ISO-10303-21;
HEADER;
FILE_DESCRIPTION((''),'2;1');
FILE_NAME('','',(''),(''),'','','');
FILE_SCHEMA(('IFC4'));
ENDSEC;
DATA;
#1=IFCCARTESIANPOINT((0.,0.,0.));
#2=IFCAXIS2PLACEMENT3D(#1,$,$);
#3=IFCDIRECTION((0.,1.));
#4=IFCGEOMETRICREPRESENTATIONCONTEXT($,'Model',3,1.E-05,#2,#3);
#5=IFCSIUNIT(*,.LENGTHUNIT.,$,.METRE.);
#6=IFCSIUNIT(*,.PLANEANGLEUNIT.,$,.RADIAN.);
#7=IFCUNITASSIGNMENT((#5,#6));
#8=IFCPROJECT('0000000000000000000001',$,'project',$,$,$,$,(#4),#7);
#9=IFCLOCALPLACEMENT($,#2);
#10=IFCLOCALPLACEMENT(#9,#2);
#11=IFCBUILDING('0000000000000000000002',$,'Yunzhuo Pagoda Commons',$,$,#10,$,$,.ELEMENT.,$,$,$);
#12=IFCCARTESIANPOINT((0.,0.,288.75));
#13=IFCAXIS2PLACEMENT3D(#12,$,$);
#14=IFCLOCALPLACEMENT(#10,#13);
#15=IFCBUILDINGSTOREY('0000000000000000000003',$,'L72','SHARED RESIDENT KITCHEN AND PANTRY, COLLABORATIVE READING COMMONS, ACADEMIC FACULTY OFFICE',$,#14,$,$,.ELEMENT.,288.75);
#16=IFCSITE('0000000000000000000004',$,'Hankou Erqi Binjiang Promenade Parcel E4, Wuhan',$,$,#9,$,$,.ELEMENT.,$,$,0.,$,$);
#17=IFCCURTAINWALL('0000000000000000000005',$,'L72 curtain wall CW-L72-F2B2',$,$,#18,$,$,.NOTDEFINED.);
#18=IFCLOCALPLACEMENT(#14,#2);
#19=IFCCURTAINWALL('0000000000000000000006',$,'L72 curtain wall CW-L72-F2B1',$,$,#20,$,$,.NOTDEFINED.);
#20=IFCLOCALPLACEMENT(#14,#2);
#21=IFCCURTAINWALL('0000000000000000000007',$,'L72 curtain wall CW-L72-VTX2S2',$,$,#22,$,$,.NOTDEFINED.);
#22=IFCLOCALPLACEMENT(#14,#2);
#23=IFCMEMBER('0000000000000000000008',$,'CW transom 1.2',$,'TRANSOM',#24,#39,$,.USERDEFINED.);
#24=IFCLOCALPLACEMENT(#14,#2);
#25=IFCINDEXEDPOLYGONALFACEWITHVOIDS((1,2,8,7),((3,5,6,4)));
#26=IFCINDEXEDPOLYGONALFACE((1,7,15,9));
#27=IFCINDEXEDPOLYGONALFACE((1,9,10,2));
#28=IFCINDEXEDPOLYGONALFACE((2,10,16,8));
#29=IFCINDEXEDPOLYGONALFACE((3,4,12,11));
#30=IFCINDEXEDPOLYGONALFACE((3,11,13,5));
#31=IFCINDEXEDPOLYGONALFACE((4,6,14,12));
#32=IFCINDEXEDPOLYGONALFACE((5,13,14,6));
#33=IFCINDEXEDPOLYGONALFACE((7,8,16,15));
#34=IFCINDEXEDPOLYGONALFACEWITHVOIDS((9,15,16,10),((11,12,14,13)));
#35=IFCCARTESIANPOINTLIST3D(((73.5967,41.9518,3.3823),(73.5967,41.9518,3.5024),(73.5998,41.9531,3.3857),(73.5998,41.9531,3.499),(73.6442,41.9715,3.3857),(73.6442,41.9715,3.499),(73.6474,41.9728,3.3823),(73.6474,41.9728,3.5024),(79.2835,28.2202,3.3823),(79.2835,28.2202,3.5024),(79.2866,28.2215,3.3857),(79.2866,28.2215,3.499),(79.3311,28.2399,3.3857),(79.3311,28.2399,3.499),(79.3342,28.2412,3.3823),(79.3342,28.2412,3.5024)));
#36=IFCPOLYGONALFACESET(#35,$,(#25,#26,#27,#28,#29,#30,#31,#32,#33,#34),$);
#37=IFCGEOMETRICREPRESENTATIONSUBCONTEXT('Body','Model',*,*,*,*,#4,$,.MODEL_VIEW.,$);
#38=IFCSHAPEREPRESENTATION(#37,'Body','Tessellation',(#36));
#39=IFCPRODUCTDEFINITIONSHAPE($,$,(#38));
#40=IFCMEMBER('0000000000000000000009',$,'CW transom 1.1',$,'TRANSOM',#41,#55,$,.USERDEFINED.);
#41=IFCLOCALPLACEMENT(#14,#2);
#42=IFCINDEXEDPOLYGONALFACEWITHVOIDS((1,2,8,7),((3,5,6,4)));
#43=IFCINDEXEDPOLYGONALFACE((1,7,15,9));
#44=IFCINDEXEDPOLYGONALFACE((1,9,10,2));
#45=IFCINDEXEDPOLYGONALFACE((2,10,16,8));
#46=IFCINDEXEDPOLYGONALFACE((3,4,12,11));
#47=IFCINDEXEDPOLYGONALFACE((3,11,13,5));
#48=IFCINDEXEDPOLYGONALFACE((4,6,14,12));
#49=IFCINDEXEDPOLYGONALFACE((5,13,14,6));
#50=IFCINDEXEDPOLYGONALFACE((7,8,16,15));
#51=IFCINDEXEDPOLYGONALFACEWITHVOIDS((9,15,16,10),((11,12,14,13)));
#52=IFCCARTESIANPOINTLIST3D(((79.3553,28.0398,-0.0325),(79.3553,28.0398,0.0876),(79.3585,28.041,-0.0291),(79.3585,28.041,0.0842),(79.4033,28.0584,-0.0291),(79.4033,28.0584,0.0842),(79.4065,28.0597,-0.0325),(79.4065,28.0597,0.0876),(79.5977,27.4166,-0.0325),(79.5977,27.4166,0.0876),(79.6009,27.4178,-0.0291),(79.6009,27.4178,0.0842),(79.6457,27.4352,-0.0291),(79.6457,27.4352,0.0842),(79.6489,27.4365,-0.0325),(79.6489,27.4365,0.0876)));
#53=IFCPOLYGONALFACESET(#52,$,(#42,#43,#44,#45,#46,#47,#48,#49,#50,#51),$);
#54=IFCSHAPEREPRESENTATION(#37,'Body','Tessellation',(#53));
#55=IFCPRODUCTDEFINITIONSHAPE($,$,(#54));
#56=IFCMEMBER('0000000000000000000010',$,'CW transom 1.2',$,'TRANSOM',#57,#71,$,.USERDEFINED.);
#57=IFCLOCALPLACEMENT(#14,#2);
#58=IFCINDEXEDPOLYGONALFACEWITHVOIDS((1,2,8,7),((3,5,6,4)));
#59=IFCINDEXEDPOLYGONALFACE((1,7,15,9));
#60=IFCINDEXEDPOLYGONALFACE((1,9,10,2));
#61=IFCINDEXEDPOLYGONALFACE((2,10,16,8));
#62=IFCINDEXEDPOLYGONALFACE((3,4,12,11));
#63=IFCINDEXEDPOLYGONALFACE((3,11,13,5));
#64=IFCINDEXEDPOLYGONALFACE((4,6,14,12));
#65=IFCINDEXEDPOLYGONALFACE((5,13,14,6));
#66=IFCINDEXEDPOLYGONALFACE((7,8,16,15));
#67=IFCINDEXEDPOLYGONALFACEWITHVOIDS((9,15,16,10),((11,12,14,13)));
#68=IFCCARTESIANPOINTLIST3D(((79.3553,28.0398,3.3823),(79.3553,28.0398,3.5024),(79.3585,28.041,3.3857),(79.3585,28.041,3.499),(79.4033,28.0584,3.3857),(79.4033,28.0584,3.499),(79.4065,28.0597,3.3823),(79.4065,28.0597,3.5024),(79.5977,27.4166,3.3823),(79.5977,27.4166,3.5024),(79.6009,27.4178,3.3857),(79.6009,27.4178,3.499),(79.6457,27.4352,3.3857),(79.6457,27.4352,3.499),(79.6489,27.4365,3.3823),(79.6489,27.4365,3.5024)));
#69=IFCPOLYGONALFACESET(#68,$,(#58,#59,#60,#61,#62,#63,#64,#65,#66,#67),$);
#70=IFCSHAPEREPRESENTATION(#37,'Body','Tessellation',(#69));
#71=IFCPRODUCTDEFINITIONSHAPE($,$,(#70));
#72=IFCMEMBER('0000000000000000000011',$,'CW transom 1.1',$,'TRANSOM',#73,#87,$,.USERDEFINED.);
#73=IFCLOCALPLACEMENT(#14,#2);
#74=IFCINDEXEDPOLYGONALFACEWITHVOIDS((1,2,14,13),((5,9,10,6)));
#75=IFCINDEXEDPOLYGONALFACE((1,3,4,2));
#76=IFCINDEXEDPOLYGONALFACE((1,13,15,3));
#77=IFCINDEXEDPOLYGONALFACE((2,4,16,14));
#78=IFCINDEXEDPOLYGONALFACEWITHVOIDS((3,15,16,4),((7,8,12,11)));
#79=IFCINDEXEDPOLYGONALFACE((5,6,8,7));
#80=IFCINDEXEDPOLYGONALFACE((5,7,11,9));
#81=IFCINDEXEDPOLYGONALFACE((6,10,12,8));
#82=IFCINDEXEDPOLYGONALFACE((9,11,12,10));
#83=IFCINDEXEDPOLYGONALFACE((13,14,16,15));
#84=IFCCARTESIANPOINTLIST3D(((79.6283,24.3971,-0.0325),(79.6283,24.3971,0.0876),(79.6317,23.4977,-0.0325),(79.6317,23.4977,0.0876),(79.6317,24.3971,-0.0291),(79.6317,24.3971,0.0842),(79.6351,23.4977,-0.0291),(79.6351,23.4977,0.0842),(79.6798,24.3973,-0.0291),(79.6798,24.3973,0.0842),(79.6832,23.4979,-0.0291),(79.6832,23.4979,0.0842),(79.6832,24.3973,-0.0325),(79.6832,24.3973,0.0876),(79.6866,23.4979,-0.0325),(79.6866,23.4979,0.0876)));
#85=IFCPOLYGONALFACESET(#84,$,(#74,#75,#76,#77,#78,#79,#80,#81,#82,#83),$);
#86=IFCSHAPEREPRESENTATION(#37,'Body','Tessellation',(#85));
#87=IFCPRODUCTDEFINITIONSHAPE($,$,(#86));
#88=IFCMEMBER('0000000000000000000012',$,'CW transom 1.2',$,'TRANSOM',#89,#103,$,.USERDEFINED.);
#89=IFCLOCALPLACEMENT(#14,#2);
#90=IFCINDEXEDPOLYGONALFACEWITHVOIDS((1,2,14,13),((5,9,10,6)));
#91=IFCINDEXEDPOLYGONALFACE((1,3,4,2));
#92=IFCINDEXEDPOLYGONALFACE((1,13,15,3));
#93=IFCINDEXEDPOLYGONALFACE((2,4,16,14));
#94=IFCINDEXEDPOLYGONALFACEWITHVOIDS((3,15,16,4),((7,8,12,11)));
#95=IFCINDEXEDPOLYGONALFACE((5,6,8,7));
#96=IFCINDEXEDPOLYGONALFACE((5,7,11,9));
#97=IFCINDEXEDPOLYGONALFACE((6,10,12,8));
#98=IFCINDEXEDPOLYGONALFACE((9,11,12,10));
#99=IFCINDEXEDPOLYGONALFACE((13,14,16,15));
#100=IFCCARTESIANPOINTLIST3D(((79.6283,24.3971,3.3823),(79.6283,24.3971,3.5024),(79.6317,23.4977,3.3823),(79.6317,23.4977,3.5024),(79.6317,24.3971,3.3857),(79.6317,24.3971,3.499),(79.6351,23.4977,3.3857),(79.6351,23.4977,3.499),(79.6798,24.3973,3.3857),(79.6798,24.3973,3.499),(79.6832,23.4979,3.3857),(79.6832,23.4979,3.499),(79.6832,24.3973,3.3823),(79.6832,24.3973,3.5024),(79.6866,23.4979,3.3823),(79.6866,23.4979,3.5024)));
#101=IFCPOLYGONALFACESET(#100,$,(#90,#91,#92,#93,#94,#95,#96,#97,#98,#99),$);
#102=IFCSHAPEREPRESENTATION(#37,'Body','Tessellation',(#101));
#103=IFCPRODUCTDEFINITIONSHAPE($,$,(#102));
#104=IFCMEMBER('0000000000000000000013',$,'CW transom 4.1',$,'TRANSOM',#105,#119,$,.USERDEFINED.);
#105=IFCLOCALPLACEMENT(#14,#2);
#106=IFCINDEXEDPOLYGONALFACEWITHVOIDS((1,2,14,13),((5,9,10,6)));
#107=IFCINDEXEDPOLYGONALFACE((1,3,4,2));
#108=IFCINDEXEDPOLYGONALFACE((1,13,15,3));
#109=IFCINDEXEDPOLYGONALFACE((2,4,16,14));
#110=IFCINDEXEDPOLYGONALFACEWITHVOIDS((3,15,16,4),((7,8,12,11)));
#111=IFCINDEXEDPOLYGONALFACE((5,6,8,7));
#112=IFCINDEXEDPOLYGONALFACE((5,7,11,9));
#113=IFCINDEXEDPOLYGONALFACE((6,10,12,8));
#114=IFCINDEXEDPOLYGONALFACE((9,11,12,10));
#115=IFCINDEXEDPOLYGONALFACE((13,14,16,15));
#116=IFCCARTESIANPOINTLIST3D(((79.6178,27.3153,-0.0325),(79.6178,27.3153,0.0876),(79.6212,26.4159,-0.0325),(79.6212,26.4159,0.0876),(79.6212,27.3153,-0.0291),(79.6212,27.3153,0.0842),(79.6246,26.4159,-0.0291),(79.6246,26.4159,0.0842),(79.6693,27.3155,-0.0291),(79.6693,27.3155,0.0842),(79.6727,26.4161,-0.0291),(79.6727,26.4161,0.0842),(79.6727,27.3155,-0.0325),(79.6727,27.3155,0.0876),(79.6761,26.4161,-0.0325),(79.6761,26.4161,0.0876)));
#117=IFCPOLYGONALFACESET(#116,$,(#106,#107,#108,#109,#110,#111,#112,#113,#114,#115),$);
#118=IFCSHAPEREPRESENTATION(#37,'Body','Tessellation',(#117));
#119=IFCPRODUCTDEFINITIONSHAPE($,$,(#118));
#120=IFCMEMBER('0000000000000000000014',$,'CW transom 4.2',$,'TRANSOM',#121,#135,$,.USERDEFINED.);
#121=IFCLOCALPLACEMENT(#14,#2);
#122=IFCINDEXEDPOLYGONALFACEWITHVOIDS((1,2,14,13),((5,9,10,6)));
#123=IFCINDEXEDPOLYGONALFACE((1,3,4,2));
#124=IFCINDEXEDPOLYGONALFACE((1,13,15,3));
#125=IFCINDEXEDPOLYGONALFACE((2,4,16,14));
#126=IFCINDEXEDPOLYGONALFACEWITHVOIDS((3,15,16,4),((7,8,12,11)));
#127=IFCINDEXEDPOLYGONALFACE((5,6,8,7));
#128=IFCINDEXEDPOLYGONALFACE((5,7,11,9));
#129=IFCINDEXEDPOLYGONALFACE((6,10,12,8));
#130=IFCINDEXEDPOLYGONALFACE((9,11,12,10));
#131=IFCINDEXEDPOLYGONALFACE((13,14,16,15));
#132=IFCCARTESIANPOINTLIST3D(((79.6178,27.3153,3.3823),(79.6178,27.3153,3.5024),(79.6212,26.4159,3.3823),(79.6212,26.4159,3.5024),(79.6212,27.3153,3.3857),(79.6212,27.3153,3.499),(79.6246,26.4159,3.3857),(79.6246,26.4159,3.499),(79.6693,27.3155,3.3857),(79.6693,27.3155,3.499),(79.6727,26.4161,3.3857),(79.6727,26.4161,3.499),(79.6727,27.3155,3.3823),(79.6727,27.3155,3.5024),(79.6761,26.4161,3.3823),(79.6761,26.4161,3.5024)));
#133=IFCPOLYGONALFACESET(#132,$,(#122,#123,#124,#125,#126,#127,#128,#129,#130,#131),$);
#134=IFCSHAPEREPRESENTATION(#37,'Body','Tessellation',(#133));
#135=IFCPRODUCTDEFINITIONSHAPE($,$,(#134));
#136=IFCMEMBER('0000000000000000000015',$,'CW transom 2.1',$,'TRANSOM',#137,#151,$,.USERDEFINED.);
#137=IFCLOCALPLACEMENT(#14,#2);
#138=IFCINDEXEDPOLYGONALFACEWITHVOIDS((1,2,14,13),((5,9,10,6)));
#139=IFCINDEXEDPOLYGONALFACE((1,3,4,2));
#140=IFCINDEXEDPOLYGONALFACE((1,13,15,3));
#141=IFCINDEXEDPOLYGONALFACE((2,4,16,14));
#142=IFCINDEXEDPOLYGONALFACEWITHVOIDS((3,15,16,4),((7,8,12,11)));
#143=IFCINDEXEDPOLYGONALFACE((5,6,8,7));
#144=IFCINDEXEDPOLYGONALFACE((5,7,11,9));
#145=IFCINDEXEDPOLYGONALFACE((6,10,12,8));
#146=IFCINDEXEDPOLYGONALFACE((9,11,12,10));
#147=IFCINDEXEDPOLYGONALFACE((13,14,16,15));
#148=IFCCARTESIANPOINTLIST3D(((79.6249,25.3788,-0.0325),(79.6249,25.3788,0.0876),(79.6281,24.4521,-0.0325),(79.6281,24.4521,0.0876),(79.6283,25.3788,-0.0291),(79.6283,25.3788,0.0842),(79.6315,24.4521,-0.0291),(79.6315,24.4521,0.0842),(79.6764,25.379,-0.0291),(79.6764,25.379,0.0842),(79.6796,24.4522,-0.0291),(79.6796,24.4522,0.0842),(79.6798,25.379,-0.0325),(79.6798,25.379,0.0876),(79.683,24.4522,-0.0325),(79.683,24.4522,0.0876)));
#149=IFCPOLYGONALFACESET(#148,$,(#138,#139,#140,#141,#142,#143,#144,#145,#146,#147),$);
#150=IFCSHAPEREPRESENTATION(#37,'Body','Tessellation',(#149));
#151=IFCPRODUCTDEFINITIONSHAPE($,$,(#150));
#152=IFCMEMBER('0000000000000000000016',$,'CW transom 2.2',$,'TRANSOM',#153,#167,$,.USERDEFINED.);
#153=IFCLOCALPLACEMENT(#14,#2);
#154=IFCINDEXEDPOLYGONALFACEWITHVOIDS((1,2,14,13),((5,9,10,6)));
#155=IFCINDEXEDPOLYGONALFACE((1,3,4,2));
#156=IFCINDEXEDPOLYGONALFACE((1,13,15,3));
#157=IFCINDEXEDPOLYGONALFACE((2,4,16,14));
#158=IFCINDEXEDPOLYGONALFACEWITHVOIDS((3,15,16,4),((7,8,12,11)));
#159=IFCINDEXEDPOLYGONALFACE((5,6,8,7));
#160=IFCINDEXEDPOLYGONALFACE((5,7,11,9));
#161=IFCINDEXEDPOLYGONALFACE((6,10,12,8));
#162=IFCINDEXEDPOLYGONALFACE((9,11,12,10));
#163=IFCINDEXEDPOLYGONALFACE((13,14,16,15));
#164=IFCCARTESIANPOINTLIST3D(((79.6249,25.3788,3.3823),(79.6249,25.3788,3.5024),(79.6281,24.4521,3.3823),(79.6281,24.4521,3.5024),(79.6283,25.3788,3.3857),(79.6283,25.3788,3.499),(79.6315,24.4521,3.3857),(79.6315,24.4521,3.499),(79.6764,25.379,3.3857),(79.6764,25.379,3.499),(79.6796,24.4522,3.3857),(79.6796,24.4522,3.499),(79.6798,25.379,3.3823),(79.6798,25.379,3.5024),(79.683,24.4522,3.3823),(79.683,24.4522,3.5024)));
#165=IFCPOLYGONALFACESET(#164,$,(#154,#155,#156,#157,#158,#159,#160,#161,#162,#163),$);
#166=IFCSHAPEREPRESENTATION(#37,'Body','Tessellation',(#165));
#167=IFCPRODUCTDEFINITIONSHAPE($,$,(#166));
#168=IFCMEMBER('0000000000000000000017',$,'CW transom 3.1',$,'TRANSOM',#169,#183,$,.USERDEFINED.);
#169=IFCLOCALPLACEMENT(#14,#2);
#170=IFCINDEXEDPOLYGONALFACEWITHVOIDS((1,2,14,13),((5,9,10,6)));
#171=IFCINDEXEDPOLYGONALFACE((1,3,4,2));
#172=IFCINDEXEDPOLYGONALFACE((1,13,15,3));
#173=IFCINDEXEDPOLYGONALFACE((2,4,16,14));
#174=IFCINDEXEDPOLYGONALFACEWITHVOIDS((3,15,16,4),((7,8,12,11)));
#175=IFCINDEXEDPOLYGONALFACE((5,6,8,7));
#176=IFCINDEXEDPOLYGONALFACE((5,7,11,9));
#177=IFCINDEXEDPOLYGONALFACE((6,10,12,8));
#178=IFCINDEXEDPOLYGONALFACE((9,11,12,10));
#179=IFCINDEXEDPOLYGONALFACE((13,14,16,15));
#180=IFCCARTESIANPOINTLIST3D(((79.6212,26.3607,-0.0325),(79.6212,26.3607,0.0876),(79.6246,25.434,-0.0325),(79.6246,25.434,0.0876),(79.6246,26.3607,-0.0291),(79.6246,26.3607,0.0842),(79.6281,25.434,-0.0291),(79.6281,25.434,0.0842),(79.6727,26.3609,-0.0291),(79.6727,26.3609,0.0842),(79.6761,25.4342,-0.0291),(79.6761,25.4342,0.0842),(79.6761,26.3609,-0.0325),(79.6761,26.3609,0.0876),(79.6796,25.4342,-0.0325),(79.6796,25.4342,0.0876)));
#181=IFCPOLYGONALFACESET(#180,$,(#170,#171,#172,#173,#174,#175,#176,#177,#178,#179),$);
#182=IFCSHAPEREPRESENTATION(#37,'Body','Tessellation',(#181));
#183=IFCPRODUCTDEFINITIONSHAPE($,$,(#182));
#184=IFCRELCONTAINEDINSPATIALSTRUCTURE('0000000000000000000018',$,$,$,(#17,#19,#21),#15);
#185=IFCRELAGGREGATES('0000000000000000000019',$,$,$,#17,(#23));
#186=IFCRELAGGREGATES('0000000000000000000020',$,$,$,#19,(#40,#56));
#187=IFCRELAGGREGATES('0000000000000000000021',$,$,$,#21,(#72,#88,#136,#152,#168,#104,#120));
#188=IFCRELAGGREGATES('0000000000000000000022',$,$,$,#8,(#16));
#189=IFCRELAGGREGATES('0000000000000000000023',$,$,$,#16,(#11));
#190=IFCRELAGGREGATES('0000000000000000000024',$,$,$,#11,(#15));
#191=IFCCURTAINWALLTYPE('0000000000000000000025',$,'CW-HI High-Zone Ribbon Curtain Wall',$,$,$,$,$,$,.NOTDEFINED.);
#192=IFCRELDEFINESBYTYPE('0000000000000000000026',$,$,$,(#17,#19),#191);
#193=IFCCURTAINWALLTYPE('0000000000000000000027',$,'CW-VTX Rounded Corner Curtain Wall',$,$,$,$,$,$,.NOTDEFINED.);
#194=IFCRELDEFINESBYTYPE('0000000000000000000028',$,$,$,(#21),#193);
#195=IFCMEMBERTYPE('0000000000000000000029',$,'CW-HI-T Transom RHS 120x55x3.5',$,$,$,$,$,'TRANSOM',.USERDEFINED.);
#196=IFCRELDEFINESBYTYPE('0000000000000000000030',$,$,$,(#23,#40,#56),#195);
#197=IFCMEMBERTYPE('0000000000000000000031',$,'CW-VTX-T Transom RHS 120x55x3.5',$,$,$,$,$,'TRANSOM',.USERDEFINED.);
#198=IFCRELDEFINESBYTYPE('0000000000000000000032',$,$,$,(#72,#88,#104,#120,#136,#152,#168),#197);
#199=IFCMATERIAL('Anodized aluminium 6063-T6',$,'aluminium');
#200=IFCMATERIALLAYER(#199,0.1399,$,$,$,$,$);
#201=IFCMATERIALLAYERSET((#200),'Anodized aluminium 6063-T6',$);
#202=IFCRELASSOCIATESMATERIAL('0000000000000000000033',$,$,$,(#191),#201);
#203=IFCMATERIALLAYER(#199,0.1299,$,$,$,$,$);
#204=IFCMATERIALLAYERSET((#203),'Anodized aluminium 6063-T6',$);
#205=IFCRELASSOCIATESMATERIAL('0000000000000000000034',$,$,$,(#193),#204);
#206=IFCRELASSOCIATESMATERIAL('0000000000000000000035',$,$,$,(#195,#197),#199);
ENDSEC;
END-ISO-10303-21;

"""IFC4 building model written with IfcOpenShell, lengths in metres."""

from ifc_helpers import new_model, si_unit, direction, frame, origin, origin_2d, place, context, subcontext, project, spatial, hollow_rectangle, extrude, source, transform, mapped, material, layer, layer_set, material_profile, profile_set, type_object, element, aggregate, save


model = new_model("IFC4")

# Units and contexts
model_context = context("Model", 3, precision=1e-05, world=origin(), true_north=direction((0.0, 1.0)))
body_context = subcontext(model_context, "Body", "Model", "MODEL_VIEW")
ifc_project = project(units=[si_unit("LENGTHUNIT", "METRE"), si_unit("PLANEANGLEUNIT", "RADIAN")], contexts=[model_context])

# Site, building, storey
site_placement = place(None, origin())
site = spatial("IfcSite", under=ifc_project, at=site_placement, Name="Hankou Erqi Binjiang Promenade Parcel E4, Wuhan", CompositionType="ELEMENT", RefElevation=0.0)
building_placement = place(site_placement, origin())
building = spatial("IfcBuilding", under=site, at=building_placement, Name="Yunzhuo Pagoda Commons", CompositionType="ELEMENT")
storey_placement = place(building_placement, frame((0.0, 0.0, 288.75)))
storey = spatial("IfcBuildingStorey", under=building, at=storey_placement, Name="L72", Description="SHARED RESIDENT KITCHEN AND PANTRY, COLLABORATIVE READING COMMONS, ACADEMIC FACULTY OFFICE", CompositionType="ELEMENT", Elevation=288.75)

# Curtain wall
ifc_material_1 = material(Name="Anodized aluminium 6063-T6", Category="aluminium")
ifc_layer_1 = layer(ifc_material_1, 0.1399)
ifc_layer_set_1 = layer_set([ifc_layer_1], Name="Anodized aluminium 6063-T6")
curtain_wall_type_1 = type_object("IfcCurtainWallType", Name="CW-HI High-Zone Ribbon Curtain Wall", PredefinedType="NOTDEFINED", material=ifc_layer_set_1)
curtain_wall_1_placement = place(storey_placement, origin())
curtain_wall_1 = element("IfcCurtainWall", 1, at=curtain_wall_1_placement, inside=storey, type_object=curtain_wall_type_1, Name="L72 curtain wall CW-L72-F2B2", PredefinedType="NOTDEFINED")

# Curtain walls
curtain_wall_2_placement = place(storey_placement, origin())
curtain_wall_2 = element("IfcCurtainWall", 2, at=curtain_wall_2_placement, inside=storey, type_object=curtain_wall_type_1, Name="L72 curtain wall CW-L72-F2B1", PredefinedType="NOTDEFINED")
ifc_layer_2 = layer(ifc_material_1, 0.1299)
ifc_layer_set_2 = layer_set([ifc_layer_2], Name="Anodized aluminium 6063-T6")
curtain_wall_type_2 = type_object("IfcCurtainWallType", Name="CW-VTX Rounded Corner Curtain Wall", PredefinedType="NOTDEFINED", material=ifc_layer_set_2)
curtain_wall_3_placement = place(storey_placement, origin())
curtain_wall_3 = element("IfcCurtainWall", 3, at=curtain_wall_3_placement, inside=storey, type_object=curtain_wall_type_2, Name="L72 curtain wall CW-L72-VTX2S2", PredefinedType="NOTDEFINED")

# Members
ifc_material_profile_1 = material_profile(ifc_material_1, hollow_rectangle(XDim=0.0549, YDim=0.1201, WallThickness=0.0034, at=origin_2d()), Name="Anodized aluminium 6063-T6")
ifc_profile_set_1 = profile_set([ifc_material_profile_1], Name="Anodized aluminium 6063-T6")
member_type_1 = type_object("IfcMemberType", Name="CW-HI-T Transom RHS 120x55x3.5", ElementType="TRANSOM", PredefinedType="USERDEFINED", material=ifc_profile_set_1)
shared_shape_1 = source(origin(), body_context, "Body", "SweptSolid", [
    extrude(hollow_rectangle(XDim=0.0549, YDim=0.1201, WallThickness=0.0034, at=origin_2d()), origin(), (0.0, 0.0, 1.0), 14.8625),
])
member_1_placement = place(storey_placement, frame((79.3088, 28.2307, 3.4424), z_axis=(-0.382627, 0.923903, 0.0), x_axis=(-0.923903, -0.382627, 0.0)))
member_1 = element("IfcMember", 4, at=member_1_placement, type_object=member_type_1, Name="CW transom 1.2", ObjectType="TRANSOM", PredefinedType="USERDEFINED", context=body_context, shape_type="MappedRepresentation", body=[
    mapped(shared_shape_1, transform((0.0, 0.0, 0.0), scale=1.0)),
])
aggregate(curtain_wall_1, [member_1])
shared_shape_2 = source(origin(), body_context, "Body", "SweptSolid", [
    extrude(hollow_rectangle(XDim=0.0549, YDim=0.1201, WallThickness=0.0034, at=origin_2d()), origin(), (0.0, 0.0, 1.0), 0.6687),
])
member_2_placement = place(storey_placement, frame((79.6233, 27.4265, 0.0276), z_axis=(-0.362499, 0.931984, 0.0), x_axis=(-0.931984, -0.362499, 0.0)))
member_2 = element("IfcMember", 5, at=member_2_placement, type_object=member_type_1, Name="CW transom 1.1", ObjectType="TRANSOM", PredefinedType="USERDEFINED", context=body_context, shape_type="MappedRepresentation", body=[
    mapped(shared_shape_2, transform((0.0, 0.0, 0.0), scale=1.0)),
])
member_3_placement = place(storey_placement, frame((79.6233, 27.4265, 3.4424), z_axis=(-0.362499, 0.931984, 0.0), x_axis=(-0.931984, -0.362499, 0.0)))
member_3 = element("IfcMember", 6, at=member_3_placement, type_object=member_type_1, Name="CW transom 1.2", ObjectType="TRANSOM", PredefinedType="USERDEFINED", context=body_context, shape_type="MappedRepresentation", body=[
    mapped(shared_shape_2, transform((0.0, 0.0, 0.0), scale=1.0)),
])
ifc_material_profile_2 = material_profile(ifc_material_1, hollow_rectangle(XDim=0.0549, YDim=0.1201, WallThickness=0.0034, at=origin_2d()), Name="Anodized aluminium 6063-T6")
ifc_profile_set_2 = profile_set([ifc_material_profile_2], Name="Anodized aluminium 6063-T6")
member_type_2 = type_object("IfcMemberType", Name="CW-VTX-T Transom RHS 120x55x3.5", ElementType="TRANSOM", PredefinedType="USERDEFINED", material=ifc_profile_set_2)
shared_shape_3 = source(origin(), body_context, "Body", "SweptSolid", [
    extrude(hollow_rectangle(XDim=0.0549, YDim=0.1201, WallThickness=0.0034, at=origin_2d()), origin(), (0.0, 0.0, 1.0), 0.8994),
])
member_4_placement = place(storey_placement, frame((79.6592, 23.4978, 0.0276), z_axis=(-0.0038, 0.999993, 0.0), x_axis=(-0.999993, -0.0038, 0.0)))
member_4 = element("IfcMember", 7, at=member_4_placement, type_object=member_type_2, Name="CW transom 1.1", ObjectType="TRANSOM", PredefinedType="USERDEFINED", context=body_context, shape_type="MappedRepresentation", body=[
    mapped(shared_shape_3, transform((0.0, 0.0, 0.0), scale=1.0)),
])
member_5_placement = place(storey_placement, frame((79.6592, 23.4978, 3.4424), z_axis=(-0.0038, 0.999993, 0.0), x_axis=(-0.999993, -0.0038, 0.0)))
member_5 = element("IfcMember", 8, at=member_5_placement, type_object=member_type_2, Name="CW transom 1.2", ObjectType="TRANSOM", PredefinedType="USERDEFINED", context=body_context, shape_type="MappedRepresentation", body=[
    mapped(shared_shape_3, transform((0.0, 0.0, 0.0), scale=1.0)),
])
member_6_placement = place(storey_placement, frame((79.6487, 26.416, 0.0276), z_axis=(-0.0038, 0.999993, 0.0), x_axis=(-0.999993, -0.0038, 0.0)))
member_6 = element("IfcMember", 9, at=member_6_placement, type_object=member_type_2, Name="CW transom 4.1", ObjectType="TRANSOM", PredefinedType="USERDEFINED", context=body_context, shape_type="MappedRepresentation", body=[
    mapped(shared_shape_3, transform((0.0, 0.0, 0.0), scale=1.0)),
])
member_7_placement = place(storey_placement, frame((79.6487, 26.416, 3.4424), z_axis=(-0.0038, 0.999993, 0.0), x_axis=(-0.999993, -0.0038, 0.0)))
member_7 = element("IfcMember", 10, at=member_7_placement, type_object=member_type_2, Name="CW transom 4.2", ObjectType="TRANSOM", PredefinedType="USERDEFINED", context=body_context, shape_type="MappedRepresentation", body=[
    mapped(shared_shape_3, transform((0.0, 0.0, 0.0), scale=1.0)),
])
shared_shape_4 = source(origin(), body_context, "Body", "SweptSolid", [
    extrude(hollow_rectangle(XDim=0.0549, YDim=0.1201, WallThickness=0.0034, at=origin_2d()), origin(), (0.0, 0.0, 1.0), 0.9268),
])
member_8_placement = place(storey_placement, frame((79.6555, 24.4521, 0.0276), z_axis=(-0.003425, 0.999994, 0.0), x_axis=(-0.999994, -0.003425, 0.0)))
member_8 = element("IfcMember", 11, at=member_8_placement, type_object=member_type_2, Name="CW transom 2.1", ObjectType="TRANSOM", PredefinedType="USERDEFINED", context=body_context, shape_type="MappedRepresentation", body=[
    mapped(shared_shape_4, transform((0.0, 0.0, 0.0), scale=1.0)),
])
member_9_placement = place(storey_placement, frame((79.6555, 24.4521, 3.4424), z_axis=(-0.003425, 0.999994, 0.0), x_axis=(-0.999994, -0.003425, 0.0)))
member_9 = element("IfcMember", 12, at=member_9_placement, type_object=member_type_2, Name="CW transom 2.2", ObjectType="TRANSOM", PredefinedType="USERDEFINED", context=body_context, shape_type="MappedRepresentation", body=[
    mapped(shared_shape_4, transform((0.0, 0.0, 0.0), scale=1.0)),
])
member_10_placement = place(storey_placement, frame((79.6521, 25.4341, 0.0276), z_axis=(-0.003688, 0.999993, 0.0), x_axis=(-0.999993, -0.003688, 0.0)))
member_10 = element("IfcMember", 13, at=member_10_placement, type_object=member_type_2, Name="CW transom 3.1", ObjectType="TRANSOM", PredefinedType="USERDEFINED", context=body_context, shape_type="MappedRepresentation", body=[
    mapped(shared_shape_4, transform((0.0, 0.0, 0.0), scale=1.0)),
])

aggregate(curtain_wall_2, [member_2, member_3])
aggregate(curtain_wall_3, [member_4, member_5, member_8, member_9, member_10, member_6, member_7])

save(model, "model.ifc")
